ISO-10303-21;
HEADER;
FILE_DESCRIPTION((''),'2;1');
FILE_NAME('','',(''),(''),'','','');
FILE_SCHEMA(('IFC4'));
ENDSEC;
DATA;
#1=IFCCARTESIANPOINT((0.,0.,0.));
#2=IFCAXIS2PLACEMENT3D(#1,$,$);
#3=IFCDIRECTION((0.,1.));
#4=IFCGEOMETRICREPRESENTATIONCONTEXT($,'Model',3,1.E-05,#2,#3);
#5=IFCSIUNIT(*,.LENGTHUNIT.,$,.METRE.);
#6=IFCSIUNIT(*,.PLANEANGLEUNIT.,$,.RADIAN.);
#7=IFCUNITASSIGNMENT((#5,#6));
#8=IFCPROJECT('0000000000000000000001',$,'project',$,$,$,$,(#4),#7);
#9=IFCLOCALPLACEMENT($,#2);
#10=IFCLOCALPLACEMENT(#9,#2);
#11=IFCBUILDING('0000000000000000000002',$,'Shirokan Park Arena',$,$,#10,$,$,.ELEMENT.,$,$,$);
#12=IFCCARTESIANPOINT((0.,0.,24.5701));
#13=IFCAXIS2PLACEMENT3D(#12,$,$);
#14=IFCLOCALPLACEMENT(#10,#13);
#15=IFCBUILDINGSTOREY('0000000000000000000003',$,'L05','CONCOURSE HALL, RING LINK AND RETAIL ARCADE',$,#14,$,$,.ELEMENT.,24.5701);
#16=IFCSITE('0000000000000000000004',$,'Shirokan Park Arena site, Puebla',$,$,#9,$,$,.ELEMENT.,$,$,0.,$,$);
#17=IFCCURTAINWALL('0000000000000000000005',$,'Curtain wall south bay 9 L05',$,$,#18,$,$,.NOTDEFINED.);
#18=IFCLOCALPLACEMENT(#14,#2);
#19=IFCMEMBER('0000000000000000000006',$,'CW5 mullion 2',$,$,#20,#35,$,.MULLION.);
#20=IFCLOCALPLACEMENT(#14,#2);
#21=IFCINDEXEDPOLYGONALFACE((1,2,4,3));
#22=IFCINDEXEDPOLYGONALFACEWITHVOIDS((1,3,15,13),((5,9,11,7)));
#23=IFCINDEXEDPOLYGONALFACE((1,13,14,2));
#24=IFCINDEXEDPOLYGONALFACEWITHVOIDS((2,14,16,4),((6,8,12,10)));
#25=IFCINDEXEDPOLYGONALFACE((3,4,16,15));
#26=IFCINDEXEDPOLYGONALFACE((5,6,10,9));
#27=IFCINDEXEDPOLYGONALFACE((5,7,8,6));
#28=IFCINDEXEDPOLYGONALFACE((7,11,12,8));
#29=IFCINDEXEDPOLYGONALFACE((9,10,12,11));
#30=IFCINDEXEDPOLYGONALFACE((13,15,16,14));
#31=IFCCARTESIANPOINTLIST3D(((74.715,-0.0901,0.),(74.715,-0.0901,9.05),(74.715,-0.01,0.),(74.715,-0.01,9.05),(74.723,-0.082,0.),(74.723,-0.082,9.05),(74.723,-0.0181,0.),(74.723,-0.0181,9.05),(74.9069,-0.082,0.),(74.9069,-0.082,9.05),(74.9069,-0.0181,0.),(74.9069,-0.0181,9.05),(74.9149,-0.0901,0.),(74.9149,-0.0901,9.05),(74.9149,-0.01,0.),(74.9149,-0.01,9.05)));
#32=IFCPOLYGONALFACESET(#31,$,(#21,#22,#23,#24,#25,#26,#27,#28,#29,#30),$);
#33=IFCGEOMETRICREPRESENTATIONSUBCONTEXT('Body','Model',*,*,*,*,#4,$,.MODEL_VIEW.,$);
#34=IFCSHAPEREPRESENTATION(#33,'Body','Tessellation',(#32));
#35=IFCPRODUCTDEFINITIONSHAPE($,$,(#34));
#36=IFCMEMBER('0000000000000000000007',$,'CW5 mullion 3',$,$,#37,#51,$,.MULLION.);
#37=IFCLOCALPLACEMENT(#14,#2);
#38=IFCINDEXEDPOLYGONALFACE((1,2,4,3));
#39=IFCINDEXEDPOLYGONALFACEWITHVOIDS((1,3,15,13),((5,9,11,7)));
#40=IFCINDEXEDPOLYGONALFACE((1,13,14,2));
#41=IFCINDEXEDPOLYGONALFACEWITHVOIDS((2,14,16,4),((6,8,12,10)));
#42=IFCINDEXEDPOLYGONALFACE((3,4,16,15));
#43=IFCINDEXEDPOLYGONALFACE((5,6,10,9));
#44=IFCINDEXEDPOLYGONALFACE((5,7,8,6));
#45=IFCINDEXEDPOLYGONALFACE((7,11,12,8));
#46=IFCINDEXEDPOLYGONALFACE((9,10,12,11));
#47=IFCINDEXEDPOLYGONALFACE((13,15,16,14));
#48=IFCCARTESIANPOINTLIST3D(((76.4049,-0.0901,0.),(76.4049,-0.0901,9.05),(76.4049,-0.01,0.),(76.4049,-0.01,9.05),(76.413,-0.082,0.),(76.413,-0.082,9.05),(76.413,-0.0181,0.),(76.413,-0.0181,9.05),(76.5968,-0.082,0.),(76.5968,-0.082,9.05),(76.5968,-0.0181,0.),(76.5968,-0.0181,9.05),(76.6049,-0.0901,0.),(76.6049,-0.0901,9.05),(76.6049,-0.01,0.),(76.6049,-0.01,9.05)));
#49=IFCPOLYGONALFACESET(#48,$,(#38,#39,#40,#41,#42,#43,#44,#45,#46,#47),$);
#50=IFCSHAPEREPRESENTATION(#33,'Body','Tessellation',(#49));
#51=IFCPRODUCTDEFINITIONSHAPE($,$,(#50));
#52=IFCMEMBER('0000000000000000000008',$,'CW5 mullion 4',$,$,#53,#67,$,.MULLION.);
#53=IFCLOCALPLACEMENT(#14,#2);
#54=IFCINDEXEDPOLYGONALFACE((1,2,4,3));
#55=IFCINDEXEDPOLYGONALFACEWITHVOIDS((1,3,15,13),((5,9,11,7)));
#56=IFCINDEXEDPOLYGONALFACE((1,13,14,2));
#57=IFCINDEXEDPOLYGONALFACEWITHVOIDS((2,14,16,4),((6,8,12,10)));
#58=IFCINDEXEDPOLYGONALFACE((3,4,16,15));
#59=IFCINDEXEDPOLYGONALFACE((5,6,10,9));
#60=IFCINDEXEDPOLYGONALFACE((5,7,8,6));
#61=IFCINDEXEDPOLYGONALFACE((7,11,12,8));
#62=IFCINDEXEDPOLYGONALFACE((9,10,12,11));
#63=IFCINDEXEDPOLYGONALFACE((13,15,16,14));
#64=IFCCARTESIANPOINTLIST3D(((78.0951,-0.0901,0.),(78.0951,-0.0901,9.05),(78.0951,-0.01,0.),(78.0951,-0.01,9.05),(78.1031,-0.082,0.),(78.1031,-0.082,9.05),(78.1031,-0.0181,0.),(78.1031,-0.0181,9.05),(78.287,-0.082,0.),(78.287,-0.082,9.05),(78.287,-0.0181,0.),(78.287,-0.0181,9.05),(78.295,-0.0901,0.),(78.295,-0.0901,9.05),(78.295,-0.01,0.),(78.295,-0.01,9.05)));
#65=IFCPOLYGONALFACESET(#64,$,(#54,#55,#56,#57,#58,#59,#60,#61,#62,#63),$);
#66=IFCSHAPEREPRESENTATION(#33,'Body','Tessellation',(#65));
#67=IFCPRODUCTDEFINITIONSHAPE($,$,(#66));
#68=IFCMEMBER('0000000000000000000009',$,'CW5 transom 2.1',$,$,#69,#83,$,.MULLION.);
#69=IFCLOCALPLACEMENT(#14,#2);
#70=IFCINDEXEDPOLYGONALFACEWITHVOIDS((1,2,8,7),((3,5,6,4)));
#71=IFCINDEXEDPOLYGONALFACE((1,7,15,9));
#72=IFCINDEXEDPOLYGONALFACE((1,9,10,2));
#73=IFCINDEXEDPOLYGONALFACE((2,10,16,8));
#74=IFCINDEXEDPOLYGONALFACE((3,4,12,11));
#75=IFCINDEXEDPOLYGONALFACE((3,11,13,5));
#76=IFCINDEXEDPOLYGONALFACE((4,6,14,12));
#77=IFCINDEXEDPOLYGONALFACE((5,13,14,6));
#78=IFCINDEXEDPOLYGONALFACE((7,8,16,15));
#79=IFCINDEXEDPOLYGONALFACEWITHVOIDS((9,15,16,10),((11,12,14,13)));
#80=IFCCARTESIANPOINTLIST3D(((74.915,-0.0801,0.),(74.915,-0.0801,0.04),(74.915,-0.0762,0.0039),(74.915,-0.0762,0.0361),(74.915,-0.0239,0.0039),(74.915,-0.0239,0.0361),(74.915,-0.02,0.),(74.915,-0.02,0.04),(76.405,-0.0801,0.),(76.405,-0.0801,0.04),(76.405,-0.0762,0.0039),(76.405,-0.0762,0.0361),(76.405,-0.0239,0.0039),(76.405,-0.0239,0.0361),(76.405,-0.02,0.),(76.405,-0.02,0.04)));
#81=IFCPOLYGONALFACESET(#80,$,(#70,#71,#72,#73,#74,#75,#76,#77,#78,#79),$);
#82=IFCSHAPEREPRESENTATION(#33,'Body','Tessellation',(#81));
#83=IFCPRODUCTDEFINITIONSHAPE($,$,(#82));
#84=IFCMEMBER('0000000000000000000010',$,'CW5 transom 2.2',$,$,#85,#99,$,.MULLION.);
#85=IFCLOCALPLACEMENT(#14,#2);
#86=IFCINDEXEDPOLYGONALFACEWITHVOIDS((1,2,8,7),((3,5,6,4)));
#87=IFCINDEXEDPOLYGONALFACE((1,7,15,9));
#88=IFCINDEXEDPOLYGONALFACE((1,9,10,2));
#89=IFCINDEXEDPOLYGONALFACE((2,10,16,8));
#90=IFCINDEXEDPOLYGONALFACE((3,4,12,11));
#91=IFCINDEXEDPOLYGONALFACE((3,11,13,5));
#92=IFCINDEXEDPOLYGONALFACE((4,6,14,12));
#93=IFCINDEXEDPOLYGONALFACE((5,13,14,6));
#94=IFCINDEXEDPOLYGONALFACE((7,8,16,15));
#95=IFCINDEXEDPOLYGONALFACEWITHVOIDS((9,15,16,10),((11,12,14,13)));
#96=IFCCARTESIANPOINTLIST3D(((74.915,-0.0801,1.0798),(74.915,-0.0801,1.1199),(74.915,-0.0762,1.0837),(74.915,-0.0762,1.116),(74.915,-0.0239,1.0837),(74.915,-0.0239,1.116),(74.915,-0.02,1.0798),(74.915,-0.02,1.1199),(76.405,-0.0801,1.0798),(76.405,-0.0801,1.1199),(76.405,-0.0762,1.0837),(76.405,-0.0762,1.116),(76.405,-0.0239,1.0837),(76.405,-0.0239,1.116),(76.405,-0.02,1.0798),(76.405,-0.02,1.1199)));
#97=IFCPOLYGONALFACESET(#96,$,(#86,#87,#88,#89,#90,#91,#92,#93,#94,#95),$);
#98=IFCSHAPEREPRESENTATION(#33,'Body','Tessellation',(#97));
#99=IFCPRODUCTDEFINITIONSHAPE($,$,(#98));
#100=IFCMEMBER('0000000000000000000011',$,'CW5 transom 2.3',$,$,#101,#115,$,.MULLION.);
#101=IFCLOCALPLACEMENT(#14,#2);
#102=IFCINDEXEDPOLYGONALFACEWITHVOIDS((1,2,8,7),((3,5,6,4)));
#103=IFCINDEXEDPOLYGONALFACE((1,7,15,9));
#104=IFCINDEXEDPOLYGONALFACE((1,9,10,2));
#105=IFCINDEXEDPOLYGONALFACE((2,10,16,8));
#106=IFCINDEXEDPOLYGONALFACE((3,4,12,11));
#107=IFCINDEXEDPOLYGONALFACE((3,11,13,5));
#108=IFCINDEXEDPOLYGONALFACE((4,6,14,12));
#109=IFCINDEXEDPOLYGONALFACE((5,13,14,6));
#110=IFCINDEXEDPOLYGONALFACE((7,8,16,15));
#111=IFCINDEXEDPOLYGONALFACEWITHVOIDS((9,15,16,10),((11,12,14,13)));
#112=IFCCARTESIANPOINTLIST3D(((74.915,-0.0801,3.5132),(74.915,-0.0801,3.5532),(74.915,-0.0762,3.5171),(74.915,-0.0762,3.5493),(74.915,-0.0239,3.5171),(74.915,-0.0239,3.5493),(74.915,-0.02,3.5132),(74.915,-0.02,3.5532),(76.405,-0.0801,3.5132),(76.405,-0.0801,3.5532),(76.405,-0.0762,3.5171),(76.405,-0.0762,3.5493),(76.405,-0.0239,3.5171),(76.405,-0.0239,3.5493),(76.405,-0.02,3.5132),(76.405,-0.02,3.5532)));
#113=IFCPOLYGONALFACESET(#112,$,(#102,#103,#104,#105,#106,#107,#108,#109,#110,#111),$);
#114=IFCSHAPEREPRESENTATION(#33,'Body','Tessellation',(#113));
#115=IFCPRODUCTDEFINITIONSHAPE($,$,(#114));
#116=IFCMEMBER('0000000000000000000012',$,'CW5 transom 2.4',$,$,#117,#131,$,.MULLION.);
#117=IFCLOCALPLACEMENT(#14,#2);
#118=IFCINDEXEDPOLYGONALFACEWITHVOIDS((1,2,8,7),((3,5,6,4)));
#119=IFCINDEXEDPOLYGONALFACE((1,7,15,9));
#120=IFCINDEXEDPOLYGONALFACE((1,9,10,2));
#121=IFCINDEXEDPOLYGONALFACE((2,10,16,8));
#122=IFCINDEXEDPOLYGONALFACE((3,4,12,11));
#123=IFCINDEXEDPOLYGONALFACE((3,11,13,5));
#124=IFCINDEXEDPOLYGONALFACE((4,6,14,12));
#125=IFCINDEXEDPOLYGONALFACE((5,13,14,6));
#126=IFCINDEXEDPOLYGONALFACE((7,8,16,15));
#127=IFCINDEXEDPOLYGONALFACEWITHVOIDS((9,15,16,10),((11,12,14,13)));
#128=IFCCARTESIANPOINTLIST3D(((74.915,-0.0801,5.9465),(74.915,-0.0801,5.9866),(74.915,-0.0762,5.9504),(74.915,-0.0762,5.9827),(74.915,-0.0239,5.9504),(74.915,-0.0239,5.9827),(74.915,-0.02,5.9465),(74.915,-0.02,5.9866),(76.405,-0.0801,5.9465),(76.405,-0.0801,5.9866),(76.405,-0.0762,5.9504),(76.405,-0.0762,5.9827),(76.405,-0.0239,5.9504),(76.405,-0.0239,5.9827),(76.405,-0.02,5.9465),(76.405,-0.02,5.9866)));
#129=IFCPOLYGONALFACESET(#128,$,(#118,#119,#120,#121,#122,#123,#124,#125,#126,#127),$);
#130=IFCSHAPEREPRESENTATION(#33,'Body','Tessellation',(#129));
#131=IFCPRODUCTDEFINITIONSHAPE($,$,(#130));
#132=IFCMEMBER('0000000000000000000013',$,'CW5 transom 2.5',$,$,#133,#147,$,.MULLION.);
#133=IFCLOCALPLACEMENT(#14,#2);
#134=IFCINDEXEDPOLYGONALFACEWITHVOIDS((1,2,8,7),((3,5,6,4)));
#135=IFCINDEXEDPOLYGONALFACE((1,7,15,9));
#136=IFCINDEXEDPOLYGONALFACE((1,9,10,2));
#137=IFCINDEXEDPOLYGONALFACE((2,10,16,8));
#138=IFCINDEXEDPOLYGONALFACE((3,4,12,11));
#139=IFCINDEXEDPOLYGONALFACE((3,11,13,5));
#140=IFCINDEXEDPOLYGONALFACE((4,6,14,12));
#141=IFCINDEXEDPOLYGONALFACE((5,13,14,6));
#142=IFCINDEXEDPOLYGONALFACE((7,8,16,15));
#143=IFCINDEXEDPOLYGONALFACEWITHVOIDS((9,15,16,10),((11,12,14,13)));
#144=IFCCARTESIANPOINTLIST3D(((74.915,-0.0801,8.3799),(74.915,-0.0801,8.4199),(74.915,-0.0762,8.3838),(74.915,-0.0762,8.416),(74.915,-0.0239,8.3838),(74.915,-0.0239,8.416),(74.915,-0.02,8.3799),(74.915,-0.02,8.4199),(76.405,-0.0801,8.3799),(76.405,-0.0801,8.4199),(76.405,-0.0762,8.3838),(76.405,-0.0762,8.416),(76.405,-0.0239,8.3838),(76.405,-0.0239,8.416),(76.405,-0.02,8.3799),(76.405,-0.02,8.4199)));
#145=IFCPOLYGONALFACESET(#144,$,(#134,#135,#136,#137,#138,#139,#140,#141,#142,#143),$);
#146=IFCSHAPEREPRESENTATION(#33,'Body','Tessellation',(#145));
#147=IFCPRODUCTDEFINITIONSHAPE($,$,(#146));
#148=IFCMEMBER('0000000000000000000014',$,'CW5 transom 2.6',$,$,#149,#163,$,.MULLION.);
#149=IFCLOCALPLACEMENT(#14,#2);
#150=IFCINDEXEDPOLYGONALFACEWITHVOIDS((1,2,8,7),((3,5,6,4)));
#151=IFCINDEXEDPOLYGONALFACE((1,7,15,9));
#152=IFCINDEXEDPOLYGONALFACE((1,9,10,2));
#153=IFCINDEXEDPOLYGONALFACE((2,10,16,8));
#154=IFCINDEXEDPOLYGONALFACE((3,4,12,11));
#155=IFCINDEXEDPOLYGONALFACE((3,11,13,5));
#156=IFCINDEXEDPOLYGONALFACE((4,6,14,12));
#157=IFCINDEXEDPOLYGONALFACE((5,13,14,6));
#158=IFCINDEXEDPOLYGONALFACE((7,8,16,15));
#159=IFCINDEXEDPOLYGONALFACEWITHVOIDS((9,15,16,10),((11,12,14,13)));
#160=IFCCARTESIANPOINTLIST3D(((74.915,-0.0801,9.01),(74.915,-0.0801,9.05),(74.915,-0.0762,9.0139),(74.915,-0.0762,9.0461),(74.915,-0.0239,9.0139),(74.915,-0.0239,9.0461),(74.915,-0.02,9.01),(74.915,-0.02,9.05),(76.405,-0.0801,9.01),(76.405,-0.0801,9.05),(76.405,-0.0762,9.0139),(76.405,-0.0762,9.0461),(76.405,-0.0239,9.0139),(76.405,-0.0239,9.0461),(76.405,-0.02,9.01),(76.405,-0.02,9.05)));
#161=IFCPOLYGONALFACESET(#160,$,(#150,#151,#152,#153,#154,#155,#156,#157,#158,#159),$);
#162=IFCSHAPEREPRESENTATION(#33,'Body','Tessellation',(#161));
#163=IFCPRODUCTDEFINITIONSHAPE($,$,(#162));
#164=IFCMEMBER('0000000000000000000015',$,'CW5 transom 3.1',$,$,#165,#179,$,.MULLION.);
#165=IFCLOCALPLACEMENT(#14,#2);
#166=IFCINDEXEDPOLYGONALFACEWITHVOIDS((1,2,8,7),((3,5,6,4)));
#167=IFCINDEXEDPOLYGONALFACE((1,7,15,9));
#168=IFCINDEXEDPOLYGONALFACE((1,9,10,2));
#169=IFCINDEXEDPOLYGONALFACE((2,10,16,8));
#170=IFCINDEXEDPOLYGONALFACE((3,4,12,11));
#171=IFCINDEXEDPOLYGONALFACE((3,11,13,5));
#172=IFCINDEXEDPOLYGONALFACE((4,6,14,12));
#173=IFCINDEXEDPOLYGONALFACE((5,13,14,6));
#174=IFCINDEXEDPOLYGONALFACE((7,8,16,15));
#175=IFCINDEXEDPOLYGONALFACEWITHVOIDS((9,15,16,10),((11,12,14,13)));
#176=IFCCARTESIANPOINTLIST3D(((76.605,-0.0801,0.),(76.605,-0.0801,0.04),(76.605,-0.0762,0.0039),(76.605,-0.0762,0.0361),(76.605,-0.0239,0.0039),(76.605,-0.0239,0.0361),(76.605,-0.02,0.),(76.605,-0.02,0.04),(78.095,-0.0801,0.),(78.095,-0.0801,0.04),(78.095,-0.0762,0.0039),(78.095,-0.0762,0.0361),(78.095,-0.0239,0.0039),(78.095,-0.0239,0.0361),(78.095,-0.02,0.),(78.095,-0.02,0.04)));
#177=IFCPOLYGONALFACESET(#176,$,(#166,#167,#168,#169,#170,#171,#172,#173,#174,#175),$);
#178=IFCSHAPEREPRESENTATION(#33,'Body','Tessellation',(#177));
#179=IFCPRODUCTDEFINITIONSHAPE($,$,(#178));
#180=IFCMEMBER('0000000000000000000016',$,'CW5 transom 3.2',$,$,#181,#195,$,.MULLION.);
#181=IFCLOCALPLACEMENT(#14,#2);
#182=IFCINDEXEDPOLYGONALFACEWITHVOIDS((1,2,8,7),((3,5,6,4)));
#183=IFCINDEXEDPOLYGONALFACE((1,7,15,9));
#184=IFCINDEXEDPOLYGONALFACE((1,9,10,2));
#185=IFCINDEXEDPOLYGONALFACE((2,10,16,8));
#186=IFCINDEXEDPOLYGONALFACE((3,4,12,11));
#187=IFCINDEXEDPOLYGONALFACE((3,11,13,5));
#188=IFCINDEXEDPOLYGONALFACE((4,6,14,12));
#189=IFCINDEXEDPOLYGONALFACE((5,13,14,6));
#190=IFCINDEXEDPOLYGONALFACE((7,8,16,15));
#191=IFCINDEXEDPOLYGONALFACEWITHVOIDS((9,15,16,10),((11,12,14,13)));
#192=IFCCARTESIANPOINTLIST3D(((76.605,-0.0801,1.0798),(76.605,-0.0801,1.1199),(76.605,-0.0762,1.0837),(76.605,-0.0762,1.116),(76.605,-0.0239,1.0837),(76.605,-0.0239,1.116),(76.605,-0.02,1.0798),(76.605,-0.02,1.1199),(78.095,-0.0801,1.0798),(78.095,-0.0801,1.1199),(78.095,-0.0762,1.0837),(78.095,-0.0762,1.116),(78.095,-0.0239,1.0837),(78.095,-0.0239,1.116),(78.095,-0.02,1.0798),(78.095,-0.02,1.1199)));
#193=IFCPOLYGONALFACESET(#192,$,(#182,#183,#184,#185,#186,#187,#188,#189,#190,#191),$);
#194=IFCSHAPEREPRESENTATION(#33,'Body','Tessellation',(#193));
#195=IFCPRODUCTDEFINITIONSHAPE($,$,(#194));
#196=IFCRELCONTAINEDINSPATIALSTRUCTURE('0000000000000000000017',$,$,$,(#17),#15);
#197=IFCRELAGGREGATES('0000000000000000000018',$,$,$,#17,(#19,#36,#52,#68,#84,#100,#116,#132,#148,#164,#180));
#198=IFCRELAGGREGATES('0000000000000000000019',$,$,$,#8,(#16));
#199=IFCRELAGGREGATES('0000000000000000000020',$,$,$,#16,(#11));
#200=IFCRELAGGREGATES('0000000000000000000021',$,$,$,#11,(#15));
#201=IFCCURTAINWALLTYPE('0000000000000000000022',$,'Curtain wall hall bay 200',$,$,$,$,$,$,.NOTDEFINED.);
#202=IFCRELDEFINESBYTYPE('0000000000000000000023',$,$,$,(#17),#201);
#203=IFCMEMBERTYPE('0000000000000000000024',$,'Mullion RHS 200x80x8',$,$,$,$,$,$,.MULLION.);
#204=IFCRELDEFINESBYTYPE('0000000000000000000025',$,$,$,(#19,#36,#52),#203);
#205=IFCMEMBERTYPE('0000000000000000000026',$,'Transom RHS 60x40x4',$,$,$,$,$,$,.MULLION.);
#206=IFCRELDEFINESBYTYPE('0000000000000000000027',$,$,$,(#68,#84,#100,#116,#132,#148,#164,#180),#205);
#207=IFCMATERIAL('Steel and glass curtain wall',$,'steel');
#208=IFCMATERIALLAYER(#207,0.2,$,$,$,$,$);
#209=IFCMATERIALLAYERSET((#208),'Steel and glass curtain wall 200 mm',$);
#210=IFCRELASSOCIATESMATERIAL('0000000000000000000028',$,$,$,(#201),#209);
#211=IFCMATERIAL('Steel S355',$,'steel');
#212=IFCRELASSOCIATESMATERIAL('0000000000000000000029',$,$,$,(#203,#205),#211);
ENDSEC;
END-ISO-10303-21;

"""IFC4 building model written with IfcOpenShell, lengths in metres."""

from ifc_helpers import new_model, si_unit, direction, frame, origin, origin_2d, place, context, subcontext, project, spatial, hollow_rectangle, extrude, material, layer, layer_set, material_profile, profile_set, type_object, element, aggregate, save


model = new_model("IFC4")

# Units and contexts
model_context = context("Model", 3, precision=1e-05, world=origin(), true_north=direction((0.0, 1.0)))
body_context = subcontext(model_context, "Body", "Model", "MODEL_VIEW")
ifc_project = project(units=[si_unit("LENGTHUNIT", "METRE"), si_unit("PLANEANGLEUNIT", "RADIAN")], contexts=[model_context])

# Site, building, storey
site_placement = place(None, origin())
site = spatial("IfcSite", under=ifc_project, at=site_placement, Name="Shirokan Park Arena site, Puebla", CompositionType="ELEMENT", RefElevation=0.0)
building_placement = place(site_placement, origin())
building = spatial("IfcBuilding", under=site, at=building_placement, Name="Shirokan Park Arena", CompositionType="ELEMENT")
storey_placement = place(building_placement, frame((0.0, 0.0, 24.5701)))
storey = spatial("IfcBuildingStorey", under=building, at=storey_placement, Name="L05", Description="CONCOURSE HALL, RING LINK AND RETAIL ARCADE", CompositionType="ELEMENT", Elevation=24.5701)

# Curtain wall, members
ifc_material_1 = material(Name="Steel and glass curtain wall", Category="steel")
ifc_layer_1 = layer(ifc_material_1, 0.2)
ifc_layer_set_1 = layer_set([ifc_layer_1], Name="Steel and glass curtain wall 200 mm")
curtain_wall_type = type_object("IfcCurtainWallType", Name="Curtain wall hall bay 200", PredefinedType="NOTDEFINED", material=ifc_layer_set_1)
curtain_wall_placement = place(storey_placement, origin())
curtain_wall = element("IfcCurtainWall", 1, at=curtain_wall_placement, inside=storey, type_object=curtain_wall_type, Name="Curtain wall south bay 9 L05", PredefinedType="NOTDEFINED")
ifc_material_2 = material(Name="Steel S355", Category="steel")
ifc_material_profile_1 = material_profile(ifc_material_2, hollow_rectangle(XDim=0.0801, YDim=0.2, WallThickness=0.0081, at=origin_2d()), Name="RHS 200x80x8")
ifc_profile_set_1 = profile_set([ifc_material_profile_1], Name="Steel S355")
member_type_1 = type_object("IfcMemberType", Name="Mullion RHS 200x80x8", PredefinedType="MULLION", material=ifc_profile_set_1)
member_1_placement = place(storey_placement, frame((74.8149, -0.05, 0.0), z_axis=(0.0, 0.0, 1.0), x_axis=(0.0, 1.0, 0.0)))
member_1 = element("IfcMember", 2, at=member_1_placement, type_object=member_type_1, Name="CW5 mullion 2", PredefinedType="MULLION", context=body_context, shape_type="SweptSolid", body=[
    extrude(hollow_rectangle(XDim=0.0801, YDim=0.2, WallThickness=0.0081, at=origin_2d()), origin(), (0.0, 0.0, 1.0), 9.05),
])
member_2_placement = place(storey_placement, frame((76.5049, -0.05, 0.0), z_axis=(0.0, 0.0, 1.0), x_axis=(0.0, 1.0, 0.0)))
member_2 = element("IfcMember", 3, at=member_2_placement, type_object=member_type_1, Name="CW5 mullion 3", PredefinedType="MULLION", context=body_context, shape_type="SweptSolid", body=[
    extrude(hollow_rectangle(XDim=0.0801, YDim=0.2, WallThickness=0.0081, at=origin_2d()), origin(), (0.0, 0.0, 1.0), 9.05),
])
member_3_placement = place(storey_placement, frame((78.1951, -0.05, 0.0), z_axis=(0.0, 0.0, 1.0), x_axis=(0.0, 1.0, 0.0)))
member_3 = element("IfcMember", 4, at=member_3_placement, type_object=member_type_1, Name="CW5 mullion 4", PredefinedType="MULLION", context=body_context, shape_type="SweptSolid", body=[
    extrude(hollow_rectangle(XDim=0.0801, YDim=0.2, WallThickness=0.0081, at=origin_2d()), origin(), (0.0, 0.0, 1.0), 9.05),
])
ifc_material_profile_2 = material_profile(ifc_material_2, hollow_rectangle(XDim=0.0601, YDim=0.04, WallThickness=0.0039, at=origin_2d()), Name="RHS 60x40x4")
ifc_profile_set_2 = profile_set([ifc_material_profile_2], Name="Steel S355")
member_type_2 = type_object("IfcMemberType", Name="Transom RHS 60x40x4", PredefinedType="MULLION", material=ifc_profile_set_2)
member_4_placement = place(storey_placement, frame((74.915, -0.05, 0.02), z_axis=(1.0, 0.0, 0.0), x_axis=(0.0, 1.0, 0.0)))
member_4 = element("IfcMember", 5, at=member_4_placement, type_object=member_type_2, Name="CW5 transom 2.1", PredefinedType="MULLION", context=body_context, shape_type="SweptSolid", body=[
    extrude(hollow_rectangle(XDim=0.0601, YDim=0.04, WallThickness=0.0039, at=origin_2d()), origin(), (0.0, 0.0, 1.0), 1.49),
])
member_5_placement = place(storey_placement, frame((74.915, -0.05, 1.0999), z_axis=(1.0, 0.0, 0.0), x_axis=(0.0, 1.0, 0.0)))
member_5 = element("IfcMember", 6, at=member_5_placement, type_object=member_type_2, Name="CW5 transom 2.2", PredefinedType="MULLION", context=body_context, shape_type="SweptSolid", body=[
    extrude(hollow_rectangle(XDim=0.0601, YDim=0.04, WallThickness=0.0039, at=origin_2d()), origin(), (0.0, 0.0, 1.0), 1.49),
])
member_6_placement = place(storey_placement, frame((74.915, -0.05, 3.5332), z_axis=(1.0, 0.0, 0.0), x_axis=(0.0, 1.0, 0.0)))
member_6 = element("IfcMember", 7, at=member_6_placement, type_object=member_type_2, Name="CW5 transom 2.3", PredefinedType="MULLION", context=body_context, shape_type="SweptSolid", body=[
    extrude(hollow_rectangle(XDim=0.0601, YDim=0.04, WallThickness=0.0039, at=origin_2d()), origin(), (0.0, 0.0, 1.0), 1.49),
])
member_7_placement = place(storey_placement, frame((74.915, -0.05, 5.9666), z_axis=(1.0, 0.0, 0.0), x_axis=(0.0, 1.0, 0.0)))
member_7 = element("IfcMember", 8, at=member_7_placement, type_object=member_type_2, Name="CW5 transom 2.4", PredefinedType="MULLION", context=body_context, shape_type="SweptSolid", body=[
    extrude(hollow_rectangle(XDim=0.0601, YDim=0.04, WallThickness=0.0039, at=origin_2d()), origin(), (0.0, 0.0, 1.0), 1.49),
])
member_8_placement = place(storey_placement, frame((74.915, -0.05, 8.3999), z_axis=(1.0, 0.0, 0.0), x_axis=(0.0, 1.0, 0.0)))
member_8 = element("IfcMember", 9, at=member_8_placement, type_object=member_type_2, Name="CW5 transom 2.5", PredefinedType="MULLION", context=body_context, shape_type="SweptSolid", body=[
    extrude(hollow_rectangle(XDim=0.0601, YDim=0.04, WallThickness=0.0039, at=origin_2d()), origin(), (0.0, 0.0, 1.0), 1.49),
])
member_9_placement = place(storey_placement, frame((74.915, -0.05, 9.03), z_axis=(1.0, 0.0, 0.0), x_axis=(0.0, 1.0, 0.0)))
member_9 = element("IfcMember", 10, at=member_9_placement, type_object=member_type_2, Name="CW5 transom 2.6", PredefinedType="MULLION", context=body_context, shape_type="SweptSolid", body=[
    extrude(hollow_rectangle(XDim=0.0601, YDim=0.04, WallThickness=0.0039, at=origin_2d()), origin(), (0.0, 0.0, 1.0), 1.49),
])
member_10_placement = place(storey_placement, frame((76.605, -0.05, 0.02), z_axis=(1.0, 0.0, 0.0), x_axis=(0.0, 1.0, 0.0)))
member_10 = element("IfcMember", 11, at=member_10_placement, type_object=member_type_2, Name="CW5 transom 3.1", PredefinedType="MULLION", context=body_context, shape_type="SweptSolid", body=[
    extrude(hollow_rectangle(XDim=0.0601, YDim=0.04, WallThickness=0.0039, at=origin_2d()), origin(), (0.0, 0.0, 1.0), 1.49),
])
member_11_placement = place(storey_placement, frame((76.605, -0.05, 1.0999), z_axis=(1.0, 0.0, 0.0), x_axis=(0.0, 1.0, 0.0)))
member_11 = element("IfcMember", 12, at=member_11_placement, type_object=member_type_2, Name="CW5 transom 3.2", PredefinedType="MULLION", context=body_context, shape_type="SweptSolid", body=[
    extrude(hollow_rectangle(XDim=0.0601, YDim=0.04, WallThickness=0.0039, at=origin_2d()), origin(), (0.0, 0.0, 1.0), 1.49),
])
aggregate(curtain_wall, [member_1, member_2, member_3, member_4, member_5, member_6, member_7, member_8, member_9, member_10, member_11])

save(model, "model.ifc")
